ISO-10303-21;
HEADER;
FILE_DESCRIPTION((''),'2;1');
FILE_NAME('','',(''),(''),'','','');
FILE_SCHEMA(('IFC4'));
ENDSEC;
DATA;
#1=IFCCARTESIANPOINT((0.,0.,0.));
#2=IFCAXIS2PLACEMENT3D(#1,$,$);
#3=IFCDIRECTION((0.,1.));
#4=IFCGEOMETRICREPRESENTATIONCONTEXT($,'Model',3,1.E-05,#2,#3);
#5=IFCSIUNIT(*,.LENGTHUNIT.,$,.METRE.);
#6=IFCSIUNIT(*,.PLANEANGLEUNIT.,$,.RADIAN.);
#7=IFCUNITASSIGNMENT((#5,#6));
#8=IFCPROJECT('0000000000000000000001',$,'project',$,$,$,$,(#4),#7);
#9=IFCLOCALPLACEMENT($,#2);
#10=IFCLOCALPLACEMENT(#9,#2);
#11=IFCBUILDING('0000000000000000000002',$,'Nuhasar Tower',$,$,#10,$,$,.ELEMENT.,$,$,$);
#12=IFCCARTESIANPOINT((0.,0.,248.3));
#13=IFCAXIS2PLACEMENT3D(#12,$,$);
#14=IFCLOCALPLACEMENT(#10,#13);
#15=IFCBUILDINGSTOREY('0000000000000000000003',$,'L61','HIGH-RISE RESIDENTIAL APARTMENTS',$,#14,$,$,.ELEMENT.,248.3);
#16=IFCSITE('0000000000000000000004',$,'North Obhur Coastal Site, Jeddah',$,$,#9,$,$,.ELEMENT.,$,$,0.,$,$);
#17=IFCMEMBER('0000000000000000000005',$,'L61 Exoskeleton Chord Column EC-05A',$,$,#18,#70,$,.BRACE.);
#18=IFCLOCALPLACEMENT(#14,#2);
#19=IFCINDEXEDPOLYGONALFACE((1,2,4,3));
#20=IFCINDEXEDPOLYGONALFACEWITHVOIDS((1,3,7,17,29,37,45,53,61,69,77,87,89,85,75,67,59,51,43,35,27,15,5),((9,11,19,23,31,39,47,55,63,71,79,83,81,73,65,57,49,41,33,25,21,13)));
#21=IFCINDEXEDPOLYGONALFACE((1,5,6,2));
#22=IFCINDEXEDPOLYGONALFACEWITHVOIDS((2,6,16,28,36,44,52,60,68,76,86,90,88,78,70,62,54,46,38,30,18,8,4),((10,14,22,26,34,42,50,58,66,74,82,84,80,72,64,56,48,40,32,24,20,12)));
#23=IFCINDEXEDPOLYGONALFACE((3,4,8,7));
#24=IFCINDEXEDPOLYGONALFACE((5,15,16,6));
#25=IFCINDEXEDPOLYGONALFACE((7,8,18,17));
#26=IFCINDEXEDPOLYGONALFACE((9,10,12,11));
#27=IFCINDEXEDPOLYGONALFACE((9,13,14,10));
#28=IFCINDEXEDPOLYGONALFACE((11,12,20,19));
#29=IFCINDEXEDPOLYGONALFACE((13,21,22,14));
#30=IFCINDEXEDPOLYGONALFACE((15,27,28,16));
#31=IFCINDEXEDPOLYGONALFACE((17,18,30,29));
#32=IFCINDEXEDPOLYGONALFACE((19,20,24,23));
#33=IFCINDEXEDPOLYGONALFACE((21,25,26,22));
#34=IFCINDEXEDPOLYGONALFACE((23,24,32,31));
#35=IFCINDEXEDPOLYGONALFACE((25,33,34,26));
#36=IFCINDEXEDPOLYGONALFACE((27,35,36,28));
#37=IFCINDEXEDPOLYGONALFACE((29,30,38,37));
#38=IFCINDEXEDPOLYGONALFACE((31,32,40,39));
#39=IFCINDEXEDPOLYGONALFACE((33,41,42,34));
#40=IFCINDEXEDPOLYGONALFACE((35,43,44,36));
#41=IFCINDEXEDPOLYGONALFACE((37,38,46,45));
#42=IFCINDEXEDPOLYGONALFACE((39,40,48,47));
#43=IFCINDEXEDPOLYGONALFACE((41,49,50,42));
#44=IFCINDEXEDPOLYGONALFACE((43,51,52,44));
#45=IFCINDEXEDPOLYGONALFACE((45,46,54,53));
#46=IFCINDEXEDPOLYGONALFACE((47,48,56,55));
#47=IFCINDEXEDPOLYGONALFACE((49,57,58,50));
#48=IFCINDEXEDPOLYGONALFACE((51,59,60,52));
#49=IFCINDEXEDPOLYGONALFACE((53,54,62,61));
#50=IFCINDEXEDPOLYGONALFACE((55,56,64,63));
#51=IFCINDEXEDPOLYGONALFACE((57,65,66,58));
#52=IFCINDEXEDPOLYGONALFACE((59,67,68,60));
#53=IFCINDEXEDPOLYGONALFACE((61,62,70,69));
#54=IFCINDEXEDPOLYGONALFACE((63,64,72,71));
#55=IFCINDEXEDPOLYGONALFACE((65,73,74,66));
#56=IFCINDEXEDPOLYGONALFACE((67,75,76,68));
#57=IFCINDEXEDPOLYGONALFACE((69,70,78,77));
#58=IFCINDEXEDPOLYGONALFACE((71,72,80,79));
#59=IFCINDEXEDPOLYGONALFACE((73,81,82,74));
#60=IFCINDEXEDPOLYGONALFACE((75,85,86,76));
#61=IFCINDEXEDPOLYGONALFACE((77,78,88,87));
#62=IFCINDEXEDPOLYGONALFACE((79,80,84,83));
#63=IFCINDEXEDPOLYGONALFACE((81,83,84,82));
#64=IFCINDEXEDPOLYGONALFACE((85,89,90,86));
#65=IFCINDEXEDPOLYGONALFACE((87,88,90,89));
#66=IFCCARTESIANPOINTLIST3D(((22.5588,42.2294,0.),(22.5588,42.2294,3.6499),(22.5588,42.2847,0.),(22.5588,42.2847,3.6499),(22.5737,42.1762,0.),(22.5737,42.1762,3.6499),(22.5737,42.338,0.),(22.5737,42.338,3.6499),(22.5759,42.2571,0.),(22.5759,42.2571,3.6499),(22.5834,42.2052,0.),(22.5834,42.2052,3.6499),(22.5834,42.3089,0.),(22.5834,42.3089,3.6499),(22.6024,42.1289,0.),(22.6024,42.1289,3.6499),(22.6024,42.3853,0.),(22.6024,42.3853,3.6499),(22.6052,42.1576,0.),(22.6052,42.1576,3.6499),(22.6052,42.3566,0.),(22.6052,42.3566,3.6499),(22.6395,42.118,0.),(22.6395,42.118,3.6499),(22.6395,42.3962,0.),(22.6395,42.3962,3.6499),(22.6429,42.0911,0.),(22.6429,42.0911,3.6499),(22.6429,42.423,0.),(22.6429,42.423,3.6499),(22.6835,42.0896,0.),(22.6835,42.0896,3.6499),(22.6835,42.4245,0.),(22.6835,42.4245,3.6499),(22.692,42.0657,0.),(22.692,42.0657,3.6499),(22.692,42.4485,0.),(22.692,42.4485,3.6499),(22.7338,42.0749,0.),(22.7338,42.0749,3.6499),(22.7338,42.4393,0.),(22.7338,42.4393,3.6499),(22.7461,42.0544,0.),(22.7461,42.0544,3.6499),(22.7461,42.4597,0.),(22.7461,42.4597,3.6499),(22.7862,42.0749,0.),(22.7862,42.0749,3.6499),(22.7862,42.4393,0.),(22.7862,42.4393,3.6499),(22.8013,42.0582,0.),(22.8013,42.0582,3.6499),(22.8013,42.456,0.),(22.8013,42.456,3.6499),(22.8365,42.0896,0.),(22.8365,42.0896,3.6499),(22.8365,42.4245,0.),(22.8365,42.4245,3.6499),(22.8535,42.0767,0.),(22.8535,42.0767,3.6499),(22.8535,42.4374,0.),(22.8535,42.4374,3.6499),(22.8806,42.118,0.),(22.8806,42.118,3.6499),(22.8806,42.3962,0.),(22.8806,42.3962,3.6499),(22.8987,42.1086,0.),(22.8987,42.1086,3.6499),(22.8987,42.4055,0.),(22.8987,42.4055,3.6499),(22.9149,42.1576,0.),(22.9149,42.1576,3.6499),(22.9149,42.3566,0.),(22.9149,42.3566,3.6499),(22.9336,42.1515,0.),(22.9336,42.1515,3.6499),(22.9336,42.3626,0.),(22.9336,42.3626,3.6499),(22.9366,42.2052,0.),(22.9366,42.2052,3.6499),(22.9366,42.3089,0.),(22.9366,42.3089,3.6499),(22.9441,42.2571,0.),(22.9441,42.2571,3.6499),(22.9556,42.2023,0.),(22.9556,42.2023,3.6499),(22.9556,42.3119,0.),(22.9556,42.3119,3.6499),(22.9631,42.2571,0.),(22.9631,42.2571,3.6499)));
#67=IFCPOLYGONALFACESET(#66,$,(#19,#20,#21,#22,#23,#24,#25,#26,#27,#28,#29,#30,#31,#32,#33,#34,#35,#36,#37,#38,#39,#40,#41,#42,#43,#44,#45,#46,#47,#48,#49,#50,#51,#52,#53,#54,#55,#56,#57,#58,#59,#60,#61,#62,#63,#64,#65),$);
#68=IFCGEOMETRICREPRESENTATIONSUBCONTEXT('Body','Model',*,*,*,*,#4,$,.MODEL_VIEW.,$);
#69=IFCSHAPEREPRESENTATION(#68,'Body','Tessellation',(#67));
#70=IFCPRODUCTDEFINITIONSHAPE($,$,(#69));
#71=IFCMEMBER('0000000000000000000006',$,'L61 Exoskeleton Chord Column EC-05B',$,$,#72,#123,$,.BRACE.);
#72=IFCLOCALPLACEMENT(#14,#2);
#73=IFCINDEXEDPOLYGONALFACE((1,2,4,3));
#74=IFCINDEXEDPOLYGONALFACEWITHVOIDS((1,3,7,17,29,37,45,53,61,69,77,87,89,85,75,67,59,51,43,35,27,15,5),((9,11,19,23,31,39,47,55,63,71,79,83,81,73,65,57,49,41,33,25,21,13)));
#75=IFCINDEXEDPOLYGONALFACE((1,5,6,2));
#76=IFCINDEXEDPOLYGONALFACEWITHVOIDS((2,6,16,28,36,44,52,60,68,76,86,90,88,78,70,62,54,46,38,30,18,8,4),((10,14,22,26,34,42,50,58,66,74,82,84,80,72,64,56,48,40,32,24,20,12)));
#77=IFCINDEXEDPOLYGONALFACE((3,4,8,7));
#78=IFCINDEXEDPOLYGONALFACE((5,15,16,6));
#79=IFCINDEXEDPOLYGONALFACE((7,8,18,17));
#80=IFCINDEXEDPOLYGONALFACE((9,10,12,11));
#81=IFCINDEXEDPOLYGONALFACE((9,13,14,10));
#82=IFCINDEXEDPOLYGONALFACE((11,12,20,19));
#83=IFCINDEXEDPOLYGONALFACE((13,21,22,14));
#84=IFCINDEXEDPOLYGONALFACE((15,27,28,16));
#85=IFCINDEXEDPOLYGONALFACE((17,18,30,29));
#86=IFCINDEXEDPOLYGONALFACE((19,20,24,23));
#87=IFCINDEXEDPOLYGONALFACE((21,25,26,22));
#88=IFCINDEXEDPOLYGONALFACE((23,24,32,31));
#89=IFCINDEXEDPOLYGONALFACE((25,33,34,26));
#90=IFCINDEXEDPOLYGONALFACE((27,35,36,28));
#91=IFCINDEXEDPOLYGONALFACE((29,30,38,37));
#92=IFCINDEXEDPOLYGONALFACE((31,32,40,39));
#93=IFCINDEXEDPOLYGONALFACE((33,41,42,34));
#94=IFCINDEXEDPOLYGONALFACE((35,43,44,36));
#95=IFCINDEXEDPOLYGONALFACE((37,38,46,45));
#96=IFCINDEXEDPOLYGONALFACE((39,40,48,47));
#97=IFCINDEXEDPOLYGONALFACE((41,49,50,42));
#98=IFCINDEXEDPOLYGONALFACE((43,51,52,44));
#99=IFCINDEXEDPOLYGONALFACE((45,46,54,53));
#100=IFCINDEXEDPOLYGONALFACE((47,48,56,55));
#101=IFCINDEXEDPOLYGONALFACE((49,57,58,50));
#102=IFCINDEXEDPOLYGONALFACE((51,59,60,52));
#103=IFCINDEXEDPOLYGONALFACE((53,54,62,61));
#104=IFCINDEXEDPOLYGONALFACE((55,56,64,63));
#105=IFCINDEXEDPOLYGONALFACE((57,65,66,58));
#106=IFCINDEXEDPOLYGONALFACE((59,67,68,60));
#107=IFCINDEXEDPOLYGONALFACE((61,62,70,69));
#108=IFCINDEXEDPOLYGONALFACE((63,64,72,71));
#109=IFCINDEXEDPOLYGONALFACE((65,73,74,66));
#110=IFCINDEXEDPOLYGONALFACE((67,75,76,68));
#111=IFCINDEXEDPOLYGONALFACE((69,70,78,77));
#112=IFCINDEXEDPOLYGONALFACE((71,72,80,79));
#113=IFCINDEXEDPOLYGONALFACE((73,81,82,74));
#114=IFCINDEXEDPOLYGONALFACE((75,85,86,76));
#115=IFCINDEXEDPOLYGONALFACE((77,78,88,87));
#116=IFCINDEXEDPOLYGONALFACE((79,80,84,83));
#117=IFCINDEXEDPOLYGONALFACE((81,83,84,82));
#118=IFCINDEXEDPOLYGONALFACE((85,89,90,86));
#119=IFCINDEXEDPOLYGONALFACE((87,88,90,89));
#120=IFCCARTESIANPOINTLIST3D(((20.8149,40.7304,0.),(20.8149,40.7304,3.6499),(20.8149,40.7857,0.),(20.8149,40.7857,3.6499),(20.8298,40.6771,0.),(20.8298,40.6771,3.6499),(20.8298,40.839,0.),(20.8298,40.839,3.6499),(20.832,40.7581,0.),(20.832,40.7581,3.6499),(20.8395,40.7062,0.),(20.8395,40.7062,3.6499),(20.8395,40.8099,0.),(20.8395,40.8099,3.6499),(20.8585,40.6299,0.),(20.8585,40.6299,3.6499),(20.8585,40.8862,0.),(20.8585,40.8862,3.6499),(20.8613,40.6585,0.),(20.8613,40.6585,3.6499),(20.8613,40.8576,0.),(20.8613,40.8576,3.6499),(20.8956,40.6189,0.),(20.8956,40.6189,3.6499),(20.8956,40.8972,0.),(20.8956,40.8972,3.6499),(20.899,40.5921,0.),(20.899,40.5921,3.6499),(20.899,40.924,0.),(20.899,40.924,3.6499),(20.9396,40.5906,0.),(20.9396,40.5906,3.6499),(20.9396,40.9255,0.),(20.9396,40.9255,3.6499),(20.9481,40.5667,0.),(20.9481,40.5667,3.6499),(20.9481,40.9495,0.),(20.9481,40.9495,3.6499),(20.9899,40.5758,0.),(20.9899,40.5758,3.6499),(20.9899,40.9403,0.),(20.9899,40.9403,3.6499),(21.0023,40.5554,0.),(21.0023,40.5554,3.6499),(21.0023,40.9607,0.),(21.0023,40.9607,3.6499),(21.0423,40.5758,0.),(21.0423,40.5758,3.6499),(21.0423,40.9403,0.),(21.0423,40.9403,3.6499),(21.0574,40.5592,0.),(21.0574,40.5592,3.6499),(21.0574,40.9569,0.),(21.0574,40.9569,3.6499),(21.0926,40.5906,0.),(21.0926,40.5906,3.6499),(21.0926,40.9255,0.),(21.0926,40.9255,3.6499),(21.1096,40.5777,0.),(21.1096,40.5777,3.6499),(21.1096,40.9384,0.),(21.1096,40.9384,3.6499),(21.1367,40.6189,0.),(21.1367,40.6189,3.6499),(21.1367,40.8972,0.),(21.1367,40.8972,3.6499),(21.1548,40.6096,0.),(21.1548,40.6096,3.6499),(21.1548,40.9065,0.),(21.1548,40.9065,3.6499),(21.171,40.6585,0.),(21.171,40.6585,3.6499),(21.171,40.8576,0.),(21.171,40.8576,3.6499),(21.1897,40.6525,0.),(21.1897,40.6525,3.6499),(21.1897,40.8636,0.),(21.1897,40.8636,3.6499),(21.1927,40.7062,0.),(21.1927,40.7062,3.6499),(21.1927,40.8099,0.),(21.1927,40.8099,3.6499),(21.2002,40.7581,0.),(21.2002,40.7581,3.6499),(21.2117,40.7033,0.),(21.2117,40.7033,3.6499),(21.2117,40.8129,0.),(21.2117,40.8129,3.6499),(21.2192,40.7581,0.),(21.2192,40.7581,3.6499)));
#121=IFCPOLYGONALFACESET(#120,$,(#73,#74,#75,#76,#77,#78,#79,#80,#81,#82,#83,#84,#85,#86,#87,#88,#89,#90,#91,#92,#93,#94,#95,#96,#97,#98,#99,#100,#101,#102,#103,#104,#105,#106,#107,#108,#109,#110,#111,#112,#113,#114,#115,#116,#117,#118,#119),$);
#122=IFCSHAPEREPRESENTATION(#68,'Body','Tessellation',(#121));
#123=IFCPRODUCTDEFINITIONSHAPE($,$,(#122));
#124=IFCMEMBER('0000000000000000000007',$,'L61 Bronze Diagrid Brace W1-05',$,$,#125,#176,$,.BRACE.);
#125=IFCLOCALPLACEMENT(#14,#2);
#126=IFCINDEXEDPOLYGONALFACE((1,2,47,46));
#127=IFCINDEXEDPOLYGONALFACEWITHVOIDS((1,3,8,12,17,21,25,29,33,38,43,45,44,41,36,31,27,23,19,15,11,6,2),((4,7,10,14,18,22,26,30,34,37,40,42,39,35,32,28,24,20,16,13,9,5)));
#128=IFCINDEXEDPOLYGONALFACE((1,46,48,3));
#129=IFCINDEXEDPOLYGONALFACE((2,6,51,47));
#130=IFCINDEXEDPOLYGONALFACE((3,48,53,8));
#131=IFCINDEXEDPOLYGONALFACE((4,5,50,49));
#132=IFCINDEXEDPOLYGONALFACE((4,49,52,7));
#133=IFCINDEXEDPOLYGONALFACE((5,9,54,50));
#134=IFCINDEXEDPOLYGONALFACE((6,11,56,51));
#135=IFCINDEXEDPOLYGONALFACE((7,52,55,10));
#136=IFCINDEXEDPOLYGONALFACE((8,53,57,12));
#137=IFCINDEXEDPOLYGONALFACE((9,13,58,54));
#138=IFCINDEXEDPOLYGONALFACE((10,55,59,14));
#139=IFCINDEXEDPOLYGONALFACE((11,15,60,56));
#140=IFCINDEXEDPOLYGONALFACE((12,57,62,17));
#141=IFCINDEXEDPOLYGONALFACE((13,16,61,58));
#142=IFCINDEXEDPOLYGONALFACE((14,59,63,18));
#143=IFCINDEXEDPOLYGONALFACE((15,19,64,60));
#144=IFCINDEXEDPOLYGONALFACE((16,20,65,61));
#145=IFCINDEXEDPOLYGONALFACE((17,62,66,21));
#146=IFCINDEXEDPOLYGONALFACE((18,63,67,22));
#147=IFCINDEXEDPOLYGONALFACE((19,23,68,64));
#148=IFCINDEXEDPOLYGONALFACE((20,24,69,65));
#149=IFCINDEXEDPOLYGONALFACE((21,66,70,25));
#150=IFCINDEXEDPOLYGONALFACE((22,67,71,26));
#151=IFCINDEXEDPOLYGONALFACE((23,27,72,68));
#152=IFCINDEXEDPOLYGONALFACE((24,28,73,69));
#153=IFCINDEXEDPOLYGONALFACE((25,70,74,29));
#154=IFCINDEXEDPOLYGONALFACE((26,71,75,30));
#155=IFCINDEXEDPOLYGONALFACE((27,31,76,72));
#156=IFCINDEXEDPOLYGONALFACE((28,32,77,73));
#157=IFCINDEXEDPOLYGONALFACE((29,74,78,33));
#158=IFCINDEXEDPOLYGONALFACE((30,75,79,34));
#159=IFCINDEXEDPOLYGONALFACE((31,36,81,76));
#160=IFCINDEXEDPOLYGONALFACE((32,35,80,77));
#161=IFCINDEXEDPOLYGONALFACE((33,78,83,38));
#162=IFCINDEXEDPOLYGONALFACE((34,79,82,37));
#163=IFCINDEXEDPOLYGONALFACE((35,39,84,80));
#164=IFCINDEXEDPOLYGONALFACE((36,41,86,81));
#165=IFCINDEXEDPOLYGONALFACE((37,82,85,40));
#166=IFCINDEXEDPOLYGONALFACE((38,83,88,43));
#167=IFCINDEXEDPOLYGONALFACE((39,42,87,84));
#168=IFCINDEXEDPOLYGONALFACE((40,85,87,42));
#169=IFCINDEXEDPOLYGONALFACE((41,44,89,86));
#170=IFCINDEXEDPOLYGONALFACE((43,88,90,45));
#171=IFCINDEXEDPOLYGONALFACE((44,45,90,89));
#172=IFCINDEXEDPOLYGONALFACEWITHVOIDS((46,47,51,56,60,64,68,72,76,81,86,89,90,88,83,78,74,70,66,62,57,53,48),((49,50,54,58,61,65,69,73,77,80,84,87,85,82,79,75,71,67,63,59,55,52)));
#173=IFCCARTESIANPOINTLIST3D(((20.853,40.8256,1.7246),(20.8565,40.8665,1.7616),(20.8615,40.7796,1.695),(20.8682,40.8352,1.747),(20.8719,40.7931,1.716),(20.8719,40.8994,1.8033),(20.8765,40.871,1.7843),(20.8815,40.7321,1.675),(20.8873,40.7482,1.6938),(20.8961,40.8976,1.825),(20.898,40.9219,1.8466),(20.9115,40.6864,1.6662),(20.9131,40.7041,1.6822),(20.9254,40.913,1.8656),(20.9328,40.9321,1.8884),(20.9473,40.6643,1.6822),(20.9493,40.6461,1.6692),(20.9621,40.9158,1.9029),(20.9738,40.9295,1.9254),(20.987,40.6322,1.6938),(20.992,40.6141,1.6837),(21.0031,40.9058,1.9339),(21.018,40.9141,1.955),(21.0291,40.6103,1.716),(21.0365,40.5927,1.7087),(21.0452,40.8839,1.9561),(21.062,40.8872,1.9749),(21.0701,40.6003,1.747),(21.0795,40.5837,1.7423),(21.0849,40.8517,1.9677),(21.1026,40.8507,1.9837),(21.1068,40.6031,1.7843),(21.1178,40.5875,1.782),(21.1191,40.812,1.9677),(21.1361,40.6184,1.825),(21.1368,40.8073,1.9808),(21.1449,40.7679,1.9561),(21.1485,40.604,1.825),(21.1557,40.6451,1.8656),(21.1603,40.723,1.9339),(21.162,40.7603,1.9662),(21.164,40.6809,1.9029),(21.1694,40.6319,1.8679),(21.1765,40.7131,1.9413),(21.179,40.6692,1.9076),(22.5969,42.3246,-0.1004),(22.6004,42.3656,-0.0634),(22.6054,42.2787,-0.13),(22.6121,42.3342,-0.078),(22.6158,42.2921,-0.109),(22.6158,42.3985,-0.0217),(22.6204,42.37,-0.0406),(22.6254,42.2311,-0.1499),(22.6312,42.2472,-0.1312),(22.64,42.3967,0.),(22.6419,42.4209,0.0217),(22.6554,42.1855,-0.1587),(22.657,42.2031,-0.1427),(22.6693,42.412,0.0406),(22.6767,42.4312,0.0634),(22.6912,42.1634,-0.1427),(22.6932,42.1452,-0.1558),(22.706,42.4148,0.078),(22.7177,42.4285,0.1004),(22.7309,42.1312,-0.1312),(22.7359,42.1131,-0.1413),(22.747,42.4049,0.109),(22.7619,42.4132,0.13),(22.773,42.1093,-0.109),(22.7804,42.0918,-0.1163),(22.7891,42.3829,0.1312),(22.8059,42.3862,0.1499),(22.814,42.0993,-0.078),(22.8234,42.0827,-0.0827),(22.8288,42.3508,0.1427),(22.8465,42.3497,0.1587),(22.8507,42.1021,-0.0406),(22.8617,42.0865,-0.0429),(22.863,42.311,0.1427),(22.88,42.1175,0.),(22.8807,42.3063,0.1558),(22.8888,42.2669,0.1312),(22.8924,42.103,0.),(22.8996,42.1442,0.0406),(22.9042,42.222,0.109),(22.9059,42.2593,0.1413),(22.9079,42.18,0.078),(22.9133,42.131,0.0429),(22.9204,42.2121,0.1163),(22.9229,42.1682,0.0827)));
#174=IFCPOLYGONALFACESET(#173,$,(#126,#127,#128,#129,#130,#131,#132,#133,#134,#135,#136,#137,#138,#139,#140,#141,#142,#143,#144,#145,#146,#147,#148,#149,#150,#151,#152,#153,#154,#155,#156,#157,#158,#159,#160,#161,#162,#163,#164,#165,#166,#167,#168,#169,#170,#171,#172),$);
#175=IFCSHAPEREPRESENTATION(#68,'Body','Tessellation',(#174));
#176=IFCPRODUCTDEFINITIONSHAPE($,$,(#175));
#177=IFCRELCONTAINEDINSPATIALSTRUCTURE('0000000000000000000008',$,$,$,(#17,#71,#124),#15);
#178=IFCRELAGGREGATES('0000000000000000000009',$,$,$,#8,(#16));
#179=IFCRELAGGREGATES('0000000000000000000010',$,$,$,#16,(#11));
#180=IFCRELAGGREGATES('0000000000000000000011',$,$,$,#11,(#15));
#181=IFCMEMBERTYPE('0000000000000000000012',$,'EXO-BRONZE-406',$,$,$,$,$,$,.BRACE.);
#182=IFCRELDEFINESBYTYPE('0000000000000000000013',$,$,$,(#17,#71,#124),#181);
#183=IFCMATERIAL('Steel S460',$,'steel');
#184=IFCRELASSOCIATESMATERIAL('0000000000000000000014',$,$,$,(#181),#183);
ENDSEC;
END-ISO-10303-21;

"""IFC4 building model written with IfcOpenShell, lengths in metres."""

from ifc_helpers import new_model, si_unit, direction, frame, origin, origin_2d, place, context, subcontext, project, spatial, hollow_circle, extrude, material, material_profile, profile_set, type_object, element, save


model = new_model("IFC4")

# Units and contexts
model_context = context("Model", 3, precision=1e-05, world=origin(), true_north=direction((0.0, 1.0)))
body_context = subcontext(model_context, "Body", "Model", "MODEL_VIEW")
ifc_project = project(units=[si_unit("LENGTHUNIT", "METRE"), si_unit("PLANEANGLEUNIT", "RADIAN")], contexts=[model_context])

# Site, building, storey
site_placement = place(None, origin())
site = spatial("IfcSite", under=ifc_project, at=site_placement, Name="North Obhur Coastal Site, Jeddah", CompositionType="ELEMENT", RefElevation=0.0)
building_placement = place(site_placement, origin())
building = spatial("IfcBuilding", under=site, at=building_placement, Name="Nuhasar Tower", CompositionType="ELEMENT")
storey_placement = place(building_placement, frame((0.0, 0.0, 248.3)))
storey = spatial("IfcBuildingStorey", under=building, at=storey_placement, Name="L61", Description="HIGH-RISE RESIDENTIAL APARTMENTS", CompositionType="ELEMENT", Elevation=248.3)

# Members
ifc_material_1 = material(Name="Steel S460", Category="steel")
ifc_material_profile_1 = material_profile(ifc_material_1, hollow_circle(Radius=0.2031, WallThickness=0.019, at=origin_2d()), Name="HSS406.4X19.1")
ifc_profile_set_1 = profile_set([ifc_material_profile_1], Name="Steel S460")
member_type_1 = type_object("IfcMemberType", Name="EXO-BRONZE-406", PredefinedType="BRACE", material=ifc_profile_set_1)
for number, where, z_axis, x_axis, name in (
    (1, (22.76, 42.2571, 0.0), (0.0, 0.0, 1.0), (1.0, 0.0, 0.0), "L61 Exoskeleton Chord Column EC-05A"),
    (2, (21.0161, 40.7581, 0.0), (0.0, 0.0, 1.0), (1.0, 0.0, 0.0), "L61 Exoskeleton Chord Column EC-05B"),
):
    element("IfcMember", number, at=place(storey_placement, frame(where, z_axis=z_axis, x_axis=x_axis)), inside=storey, type_object=member_type_1, Name=name, PredefinedType="BRACE", context=body_context, shape_type="SweptSolid", body=[
        extrude(hollow_circle(Radius=0.2031, WallThickness=0.019, at=origin_2d()), origin(), (0.0, 0.0, 1.0), 3.6499),
    ])
for number, where, z_axis, x_axis, name in (
    (3, (22.76, 42.2571, 0.0), (-0.594019, -0.510608, 0.621628), (0.651857, -0.758342, 0.0), "L61 Bronze Diagrid Brace W1-05"),
):
    element("IfcMember", number, at=place(storey_placement, frame(where, z_axis=z_axis, x_axis=x_axis)), inside=storey, type_object=member_type_1, Name=name, PredefinedType="BRACE", context=body_context, shape_type="SweptSolid", body=[
        extrude(hollow_circle(Radius=0.2031, WallThickness=0.019, at=origin_2d()), origin(), (0.0, 0.0, 1.0), 2.9358),
    ])

save(model, "model.ifc")
